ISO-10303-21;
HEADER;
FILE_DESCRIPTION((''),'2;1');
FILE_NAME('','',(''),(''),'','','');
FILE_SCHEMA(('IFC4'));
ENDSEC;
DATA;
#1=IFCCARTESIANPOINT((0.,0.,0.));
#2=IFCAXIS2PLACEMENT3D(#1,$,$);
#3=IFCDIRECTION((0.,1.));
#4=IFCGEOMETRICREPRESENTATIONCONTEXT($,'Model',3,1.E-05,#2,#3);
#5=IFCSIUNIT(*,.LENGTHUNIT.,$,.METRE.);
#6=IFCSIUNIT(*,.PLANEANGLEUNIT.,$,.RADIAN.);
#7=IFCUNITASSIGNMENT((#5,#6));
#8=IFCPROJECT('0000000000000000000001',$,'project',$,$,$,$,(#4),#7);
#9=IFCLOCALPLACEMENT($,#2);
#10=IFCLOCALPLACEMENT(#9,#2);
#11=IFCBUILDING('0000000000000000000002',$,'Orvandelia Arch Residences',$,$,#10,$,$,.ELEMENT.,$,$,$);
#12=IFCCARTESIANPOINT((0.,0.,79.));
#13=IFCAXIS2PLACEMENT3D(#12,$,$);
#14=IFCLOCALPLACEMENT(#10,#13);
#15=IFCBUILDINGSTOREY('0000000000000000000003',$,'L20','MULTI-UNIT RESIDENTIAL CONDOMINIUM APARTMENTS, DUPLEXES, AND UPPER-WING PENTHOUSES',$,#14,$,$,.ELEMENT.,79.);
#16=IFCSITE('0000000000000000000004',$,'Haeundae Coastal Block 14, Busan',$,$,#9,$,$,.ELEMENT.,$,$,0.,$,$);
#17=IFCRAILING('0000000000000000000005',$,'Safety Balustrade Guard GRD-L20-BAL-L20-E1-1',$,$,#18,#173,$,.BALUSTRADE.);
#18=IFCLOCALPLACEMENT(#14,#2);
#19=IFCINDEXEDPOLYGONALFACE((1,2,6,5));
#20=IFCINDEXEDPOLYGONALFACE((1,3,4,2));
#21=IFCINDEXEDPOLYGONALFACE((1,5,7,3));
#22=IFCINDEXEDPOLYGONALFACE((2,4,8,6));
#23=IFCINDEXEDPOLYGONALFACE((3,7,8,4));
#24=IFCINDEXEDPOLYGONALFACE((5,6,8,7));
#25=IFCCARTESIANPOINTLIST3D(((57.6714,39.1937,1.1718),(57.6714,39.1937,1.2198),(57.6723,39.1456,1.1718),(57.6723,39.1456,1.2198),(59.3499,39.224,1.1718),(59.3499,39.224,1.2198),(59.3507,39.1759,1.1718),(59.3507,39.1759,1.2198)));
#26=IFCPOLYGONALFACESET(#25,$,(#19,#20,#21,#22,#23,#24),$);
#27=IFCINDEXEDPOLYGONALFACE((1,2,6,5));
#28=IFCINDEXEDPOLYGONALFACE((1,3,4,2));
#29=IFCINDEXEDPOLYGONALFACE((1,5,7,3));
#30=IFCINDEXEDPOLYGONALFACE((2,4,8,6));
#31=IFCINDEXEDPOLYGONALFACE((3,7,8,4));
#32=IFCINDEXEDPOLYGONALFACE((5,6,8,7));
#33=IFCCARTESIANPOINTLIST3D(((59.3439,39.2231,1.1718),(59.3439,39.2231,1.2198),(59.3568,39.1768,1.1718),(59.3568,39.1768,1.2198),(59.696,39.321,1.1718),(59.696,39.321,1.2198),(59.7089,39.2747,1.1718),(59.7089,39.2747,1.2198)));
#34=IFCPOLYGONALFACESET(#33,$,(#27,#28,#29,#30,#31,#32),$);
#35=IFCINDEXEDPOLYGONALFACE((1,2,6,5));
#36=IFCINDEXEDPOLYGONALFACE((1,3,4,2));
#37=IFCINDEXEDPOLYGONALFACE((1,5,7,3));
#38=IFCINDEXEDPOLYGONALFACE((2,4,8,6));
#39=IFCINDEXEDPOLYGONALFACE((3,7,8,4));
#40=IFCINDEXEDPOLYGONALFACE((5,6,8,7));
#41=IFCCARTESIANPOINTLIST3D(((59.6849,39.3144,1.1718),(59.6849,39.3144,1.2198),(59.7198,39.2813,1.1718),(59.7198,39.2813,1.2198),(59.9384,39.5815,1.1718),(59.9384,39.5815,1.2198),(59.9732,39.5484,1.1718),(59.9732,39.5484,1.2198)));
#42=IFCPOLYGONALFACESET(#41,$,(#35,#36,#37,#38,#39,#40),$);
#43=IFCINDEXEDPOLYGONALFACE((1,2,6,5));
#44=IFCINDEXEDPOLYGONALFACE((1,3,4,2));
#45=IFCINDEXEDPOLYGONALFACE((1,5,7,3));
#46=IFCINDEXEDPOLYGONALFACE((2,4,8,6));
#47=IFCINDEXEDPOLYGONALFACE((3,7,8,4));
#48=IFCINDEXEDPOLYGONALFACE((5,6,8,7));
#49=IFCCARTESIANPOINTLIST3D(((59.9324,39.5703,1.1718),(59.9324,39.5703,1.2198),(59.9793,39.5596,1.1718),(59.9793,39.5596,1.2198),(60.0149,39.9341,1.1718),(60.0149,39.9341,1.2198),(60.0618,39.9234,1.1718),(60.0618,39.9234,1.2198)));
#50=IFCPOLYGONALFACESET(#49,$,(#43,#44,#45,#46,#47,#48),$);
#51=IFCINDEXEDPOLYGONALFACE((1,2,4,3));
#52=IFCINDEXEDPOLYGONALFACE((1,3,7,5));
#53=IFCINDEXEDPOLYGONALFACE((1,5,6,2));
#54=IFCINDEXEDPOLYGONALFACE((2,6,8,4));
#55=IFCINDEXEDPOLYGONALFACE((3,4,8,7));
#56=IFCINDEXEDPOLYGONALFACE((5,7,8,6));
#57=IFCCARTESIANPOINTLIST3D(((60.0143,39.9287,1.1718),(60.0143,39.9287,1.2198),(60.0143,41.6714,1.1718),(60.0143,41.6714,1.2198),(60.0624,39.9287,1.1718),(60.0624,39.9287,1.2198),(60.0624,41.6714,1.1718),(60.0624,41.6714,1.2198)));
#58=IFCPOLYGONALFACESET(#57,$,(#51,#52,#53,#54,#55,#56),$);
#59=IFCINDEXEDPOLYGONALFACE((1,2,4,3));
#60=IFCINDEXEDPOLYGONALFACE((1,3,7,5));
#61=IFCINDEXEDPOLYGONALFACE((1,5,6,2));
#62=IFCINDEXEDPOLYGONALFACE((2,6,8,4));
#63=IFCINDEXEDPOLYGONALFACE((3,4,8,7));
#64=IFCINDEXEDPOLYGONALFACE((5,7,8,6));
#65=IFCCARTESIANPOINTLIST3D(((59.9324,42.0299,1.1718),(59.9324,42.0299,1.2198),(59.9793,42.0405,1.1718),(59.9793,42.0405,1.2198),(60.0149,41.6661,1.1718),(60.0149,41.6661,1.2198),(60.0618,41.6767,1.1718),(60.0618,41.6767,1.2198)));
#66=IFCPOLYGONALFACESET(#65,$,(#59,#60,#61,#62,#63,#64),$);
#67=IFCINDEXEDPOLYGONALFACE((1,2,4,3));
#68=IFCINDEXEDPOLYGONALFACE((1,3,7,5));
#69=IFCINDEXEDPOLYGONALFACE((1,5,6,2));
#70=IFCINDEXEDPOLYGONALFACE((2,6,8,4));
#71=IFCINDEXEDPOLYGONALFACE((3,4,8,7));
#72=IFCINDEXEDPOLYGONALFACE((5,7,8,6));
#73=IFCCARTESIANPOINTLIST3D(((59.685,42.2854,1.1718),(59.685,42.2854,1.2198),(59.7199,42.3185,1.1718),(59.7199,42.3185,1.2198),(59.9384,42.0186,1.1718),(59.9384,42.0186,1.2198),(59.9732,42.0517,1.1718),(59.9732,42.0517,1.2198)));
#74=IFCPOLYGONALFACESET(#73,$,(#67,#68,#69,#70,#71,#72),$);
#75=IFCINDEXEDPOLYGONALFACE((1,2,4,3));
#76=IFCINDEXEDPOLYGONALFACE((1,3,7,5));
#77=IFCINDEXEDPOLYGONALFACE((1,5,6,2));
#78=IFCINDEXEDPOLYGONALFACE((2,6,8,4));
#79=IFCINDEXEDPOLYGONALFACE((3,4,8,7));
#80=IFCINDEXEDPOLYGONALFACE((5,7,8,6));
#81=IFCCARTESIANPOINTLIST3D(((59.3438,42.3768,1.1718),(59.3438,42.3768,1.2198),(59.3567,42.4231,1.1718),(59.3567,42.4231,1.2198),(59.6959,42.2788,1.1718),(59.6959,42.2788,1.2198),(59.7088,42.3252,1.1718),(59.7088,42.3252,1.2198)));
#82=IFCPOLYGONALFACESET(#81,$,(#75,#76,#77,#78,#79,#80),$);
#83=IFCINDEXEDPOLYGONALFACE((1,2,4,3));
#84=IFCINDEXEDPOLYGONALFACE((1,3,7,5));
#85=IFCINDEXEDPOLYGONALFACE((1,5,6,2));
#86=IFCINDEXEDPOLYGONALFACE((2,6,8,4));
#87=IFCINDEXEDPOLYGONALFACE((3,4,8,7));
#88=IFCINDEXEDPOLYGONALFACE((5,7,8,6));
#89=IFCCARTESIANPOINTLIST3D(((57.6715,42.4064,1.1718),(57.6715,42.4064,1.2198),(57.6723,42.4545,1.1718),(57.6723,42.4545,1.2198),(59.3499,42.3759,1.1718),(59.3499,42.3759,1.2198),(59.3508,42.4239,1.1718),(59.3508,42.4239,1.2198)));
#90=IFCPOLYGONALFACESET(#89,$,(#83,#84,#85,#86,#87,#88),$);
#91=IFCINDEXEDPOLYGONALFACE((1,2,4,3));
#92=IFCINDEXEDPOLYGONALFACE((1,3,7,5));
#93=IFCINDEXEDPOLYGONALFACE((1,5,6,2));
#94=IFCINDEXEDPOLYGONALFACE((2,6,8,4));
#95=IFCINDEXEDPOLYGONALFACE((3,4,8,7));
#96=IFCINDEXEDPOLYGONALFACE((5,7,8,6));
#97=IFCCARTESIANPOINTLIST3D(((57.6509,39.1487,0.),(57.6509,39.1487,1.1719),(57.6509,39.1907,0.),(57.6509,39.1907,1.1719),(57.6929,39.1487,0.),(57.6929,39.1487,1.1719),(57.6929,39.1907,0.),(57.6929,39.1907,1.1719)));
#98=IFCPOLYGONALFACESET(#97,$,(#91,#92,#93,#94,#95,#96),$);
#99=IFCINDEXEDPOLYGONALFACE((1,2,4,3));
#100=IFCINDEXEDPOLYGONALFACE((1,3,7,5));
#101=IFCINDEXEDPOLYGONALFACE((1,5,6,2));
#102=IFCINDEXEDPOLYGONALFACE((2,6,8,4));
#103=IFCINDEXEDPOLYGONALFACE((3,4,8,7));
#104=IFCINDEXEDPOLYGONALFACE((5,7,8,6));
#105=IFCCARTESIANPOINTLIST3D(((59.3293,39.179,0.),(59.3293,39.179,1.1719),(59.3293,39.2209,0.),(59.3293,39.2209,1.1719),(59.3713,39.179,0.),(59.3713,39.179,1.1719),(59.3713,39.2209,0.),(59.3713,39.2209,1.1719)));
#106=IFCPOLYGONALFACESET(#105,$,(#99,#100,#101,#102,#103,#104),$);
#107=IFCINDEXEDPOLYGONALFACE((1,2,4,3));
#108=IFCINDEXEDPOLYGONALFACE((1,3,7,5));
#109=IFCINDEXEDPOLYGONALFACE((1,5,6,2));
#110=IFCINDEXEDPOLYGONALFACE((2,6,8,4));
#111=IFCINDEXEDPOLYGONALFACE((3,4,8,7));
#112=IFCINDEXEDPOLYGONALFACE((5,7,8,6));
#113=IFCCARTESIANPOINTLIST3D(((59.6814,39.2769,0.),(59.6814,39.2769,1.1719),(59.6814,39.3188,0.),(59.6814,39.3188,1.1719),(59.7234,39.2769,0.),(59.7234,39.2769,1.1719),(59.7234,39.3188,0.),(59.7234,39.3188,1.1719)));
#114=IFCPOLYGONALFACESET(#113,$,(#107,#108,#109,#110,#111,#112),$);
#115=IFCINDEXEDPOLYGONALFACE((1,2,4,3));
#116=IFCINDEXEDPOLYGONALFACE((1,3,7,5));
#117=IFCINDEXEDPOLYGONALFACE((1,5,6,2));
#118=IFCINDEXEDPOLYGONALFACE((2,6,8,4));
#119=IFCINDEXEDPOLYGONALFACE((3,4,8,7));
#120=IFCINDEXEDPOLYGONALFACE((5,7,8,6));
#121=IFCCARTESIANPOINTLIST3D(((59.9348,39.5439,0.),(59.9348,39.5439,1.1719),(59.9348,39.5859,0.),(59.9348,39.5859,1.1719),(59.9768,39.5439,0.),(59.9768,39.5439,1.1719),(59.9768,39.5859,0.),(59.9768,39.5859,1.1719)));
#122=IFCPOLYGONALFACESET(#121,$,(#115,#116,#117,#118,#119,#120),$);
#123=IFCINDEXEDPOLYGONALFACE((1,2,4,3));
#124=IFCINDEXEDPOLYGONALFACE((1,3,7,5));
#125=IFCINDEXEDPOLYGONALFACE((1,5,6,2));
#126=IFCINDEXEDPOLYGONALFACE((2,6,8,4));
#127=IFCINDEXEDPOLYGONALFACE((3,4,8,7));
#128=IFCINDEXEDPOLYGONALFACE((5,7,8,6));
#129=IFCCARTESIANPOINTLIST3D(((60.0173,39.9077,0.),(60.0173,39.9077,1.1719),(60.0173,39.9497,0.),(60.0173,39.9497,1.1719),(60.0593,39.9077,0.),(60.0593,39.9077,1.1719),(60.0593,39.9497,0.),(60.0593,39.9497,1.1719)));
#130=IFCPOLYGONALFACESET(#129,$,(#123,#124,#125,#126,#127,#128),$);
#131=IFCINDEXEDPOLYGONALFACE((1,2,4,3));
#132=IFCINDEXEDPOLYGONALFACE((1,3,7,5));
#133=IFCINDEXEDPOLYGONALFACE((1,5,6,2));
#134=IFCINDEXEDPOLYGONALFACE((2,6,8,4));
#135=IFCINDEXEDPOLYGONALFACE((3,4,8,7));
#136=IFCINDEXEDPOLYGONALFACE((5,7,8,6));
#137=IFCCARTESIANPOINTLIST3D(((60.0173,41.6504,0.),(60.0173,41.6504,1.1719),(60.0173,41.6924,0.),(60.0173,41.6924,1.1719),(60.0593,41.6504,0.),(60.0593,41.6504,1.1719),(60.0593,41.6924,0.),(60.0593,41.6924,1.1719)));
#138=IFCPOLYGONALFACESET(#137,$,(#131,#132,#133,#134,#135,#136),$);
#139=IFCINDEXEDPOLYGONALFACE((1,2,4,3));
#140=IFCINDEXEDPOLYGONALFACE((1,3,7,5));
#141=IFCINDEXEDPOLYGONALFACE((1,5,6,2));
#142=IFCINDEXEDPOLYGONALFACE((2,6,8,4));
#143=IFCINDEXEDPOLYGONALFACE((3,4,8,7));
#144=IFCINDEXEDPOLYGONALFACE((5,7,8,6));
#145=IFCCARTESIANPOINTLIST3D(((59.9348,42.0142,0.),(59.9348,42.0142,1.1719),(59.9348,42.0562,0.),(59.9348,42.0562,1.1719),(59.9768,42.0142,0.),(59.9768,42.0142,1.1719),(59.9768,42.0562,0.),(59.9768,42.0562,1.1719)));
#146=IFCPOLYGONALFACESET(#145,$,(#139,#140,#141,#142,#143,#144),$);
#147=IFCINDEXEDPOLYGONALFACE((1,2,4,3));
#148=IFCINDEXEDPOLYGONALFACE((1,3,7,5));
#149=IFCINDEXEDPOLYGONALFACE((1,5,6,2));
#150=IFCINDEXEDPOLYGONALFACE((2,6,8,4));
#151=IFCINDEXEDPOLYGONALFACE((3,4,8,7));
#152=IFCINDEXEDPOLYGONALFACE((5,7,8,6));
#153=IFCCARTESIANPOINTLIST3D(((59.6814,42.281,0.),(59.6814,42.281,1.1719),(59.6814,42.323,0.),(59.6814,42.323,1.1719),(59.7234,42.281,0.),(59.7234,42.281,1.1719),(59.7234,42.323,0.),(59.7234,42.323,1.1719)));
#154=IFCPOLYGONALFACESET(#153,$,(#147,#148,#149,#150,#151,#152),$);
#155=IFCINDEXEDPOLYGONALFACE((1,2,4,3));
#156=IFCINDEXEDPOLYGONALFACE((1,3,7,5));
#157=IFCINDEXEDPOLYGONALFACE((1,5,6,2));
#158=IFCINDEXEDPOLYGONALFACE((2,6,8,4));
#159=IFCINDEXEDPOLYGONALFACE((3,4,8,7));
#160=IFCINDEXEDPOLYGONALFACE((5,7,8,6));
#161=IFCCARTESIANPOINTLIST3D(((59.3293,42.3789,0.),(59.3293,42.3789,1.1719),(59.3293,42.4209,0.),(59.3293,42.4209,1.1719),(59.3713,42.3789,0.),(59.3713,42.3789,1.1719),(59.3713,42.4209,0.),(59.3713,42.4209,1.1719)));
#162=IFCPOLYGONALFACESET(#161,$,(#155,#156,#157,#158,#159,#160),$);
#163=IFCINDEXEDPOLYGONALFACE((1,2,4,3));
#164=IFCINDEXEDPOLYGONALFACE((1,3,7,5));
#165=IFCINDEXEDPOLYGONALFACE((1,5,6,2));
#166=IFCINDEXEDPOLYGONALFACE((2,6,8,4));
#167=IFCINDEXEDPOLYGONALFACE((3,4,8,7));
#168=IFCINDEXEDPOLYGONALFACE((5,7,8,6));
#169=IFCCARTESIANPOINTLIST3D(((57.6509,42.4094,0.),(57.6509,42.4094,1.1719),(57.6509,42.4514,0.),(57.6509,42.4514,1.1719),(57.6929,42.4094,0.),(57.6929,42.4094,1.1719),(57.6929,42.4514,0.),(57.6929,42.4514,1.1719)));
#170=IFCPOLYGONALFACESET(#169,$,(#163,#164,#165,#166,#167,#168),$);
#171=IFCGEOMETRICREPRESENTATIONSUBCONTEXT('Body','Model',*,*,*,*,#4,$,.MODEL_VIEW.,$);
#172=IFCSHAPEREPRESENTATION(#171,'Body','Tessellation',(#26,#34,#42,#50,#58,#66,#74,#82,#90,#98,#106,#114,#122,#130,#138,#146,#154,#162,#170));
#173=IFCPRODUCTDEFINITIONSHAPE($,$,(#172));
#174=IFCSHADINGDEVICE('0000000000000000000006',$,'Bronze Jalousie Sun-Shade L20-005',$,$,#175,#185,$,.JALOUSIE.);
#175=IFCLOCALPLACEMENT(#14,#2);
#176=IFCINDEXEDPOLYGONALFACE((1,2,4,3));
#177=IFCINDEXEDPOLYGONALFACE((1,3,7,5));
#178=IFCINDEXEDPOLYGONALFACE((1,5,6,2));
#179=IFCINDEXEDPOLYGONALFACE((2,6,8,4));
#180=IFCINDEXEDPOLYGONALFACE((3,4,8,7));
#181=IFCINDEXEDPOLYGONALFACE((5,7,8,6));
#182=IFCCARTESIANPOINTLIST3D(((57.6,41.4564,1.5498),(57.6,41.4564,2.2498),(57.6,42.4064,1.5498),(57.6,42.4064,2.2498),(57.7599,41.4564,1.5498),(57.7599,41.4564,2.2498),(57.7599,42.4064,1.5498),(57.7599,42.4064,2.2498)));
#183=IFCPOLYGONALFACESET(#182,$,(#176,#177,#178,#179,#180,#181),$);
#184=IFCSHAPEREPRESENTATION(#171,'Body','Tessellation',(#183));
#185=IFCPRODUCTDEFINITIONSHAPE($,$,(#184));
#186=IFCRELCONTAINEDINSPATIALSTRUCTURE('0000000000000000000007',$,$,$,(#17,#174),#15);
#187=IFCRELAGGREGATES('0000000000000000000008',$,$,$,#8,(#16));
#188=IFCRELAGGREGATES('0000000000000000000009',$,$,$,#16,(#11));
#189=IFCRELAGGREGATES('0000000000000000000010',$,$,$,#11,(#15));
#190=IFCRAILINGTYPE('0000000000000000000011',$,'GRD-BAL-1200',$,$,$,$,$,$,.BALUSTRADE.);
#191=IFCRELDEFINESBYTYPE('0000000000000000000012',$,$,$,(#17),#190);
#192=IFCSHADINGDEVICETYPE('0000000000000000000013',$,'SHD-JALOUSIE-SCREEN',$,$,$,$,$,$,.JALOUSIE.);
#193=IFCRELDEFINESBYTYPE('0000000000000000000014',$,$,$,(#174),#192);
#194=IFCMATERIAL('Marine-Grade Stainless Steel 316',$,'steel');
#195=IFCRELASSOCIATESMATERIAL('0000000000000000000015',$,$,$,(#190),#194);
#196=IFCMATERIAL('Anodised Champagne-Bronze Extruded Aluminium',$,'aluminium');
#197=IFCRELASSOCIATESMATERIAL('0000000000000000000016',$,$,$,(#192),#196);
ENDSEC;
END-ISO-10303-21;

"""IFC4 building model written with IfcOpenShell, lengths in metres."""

from ifc_helpers import new_model, si_unit, direction, frame, origin, origin_2d, place, context, subcontext, project, spatial, rectangle, extrude, material, type_object, element, save


model = new_model("IFC4")

# Units and contexts
model_context = context("Model", 3, precision=1e-05, world=origin(), true_north=direction((0.0, 1.0)))
body_context = subcontext(model_context, "Body", "Model", "MODEL_VIEW")
ifc_project = project(units=[si_unit("LENGTHUNIT", "METRE"), si_unit("PLANEANGLEUNIT", "RADIAN")], contexts=[model_context])

# Site, building, storey
site_placement = place(None, origin())
site = spatial("IfcSite", under=ifc_project, at=site_placement, Name="Haeundae Coastal Block 14, Busan", CompositionType="ELEMENT", RefElevation=0.0)
building_placement = place(site_placement, origin())
building = spatial("IfcBuilding", under=site, at=building_placement, Name="Orvandelia Arch Residences", CompositionType="ELEMENT")
storey_placement = place(building_placement, frame((0.0, 0.0, 79.0)))
storey = spatial("IfcBuildingStorey", under=building, at=storey_placement, Name="L20", Description="MULTI-UNIT RESIDENTIAL CONDOMINIUM APARTMENTS, DUPLEXES, AND UPPER-WING PENTHOUSES", CompositionType="ELEMENT", Elevation=79.0)

# Railing
ifc_material_1 = material(Name="Marine-Grade Stainless Steel 316", Category="steel")
railing_type = type_object("IfcRailingType", Name="GRD-BAL-1200", PredefinedType="BALUSTRADE", material=ifc_material_1)
railing_placement = place(storey_placement, frame((57.6719, 39.1697, 0.0)))
element("IfcRailing", 1, at=railing_placement, inside=storey, type_object=railing_type, Name="Safety Balustrade Guard GRD-L20-BAL-L20-E1-1", PredefinedType="BALUSTRADE", context=body_context, shape_type="SweptSolid", body=[
    extrude(rectangle(XDim=0.0481, YDim=0.0481, at=origin_2d()), frame((0.0, 0.0, 1.1958), z_axis=(0.999837, 0.018033, 0.0), x_axis=(-0.018033, 0.999837, 0.0)), (0.0, 0.0, 1.0), 1.6787),
    extrude(rectangle(XDim=0.0481, YDim=0.0481, at=origin_2d()), frame((1.6785, 0.0303, 1.1958), z_axis=(0.963441, 0.26792, 0.0), x_axis=(-0.26792, 0.963441, 0.0)), (0.0, 0.0, 1.0), 0.3655),
    extrude(rectangle(XDim=0.0481, YDim=0.0481, at=origin_2d()), frame((2.0305, 0.1282, 1.1958), z_axis=(0.688296, 0.72543, 0.0), x_axis=(-0.72543, 0.688296, 0.0)), (0.0, 0.0, 1.0), 0.3682),
    extrude(rectangle(XDim=0.0481, YDim=0.0481, at=origin_2d()), frame((2.2839, 0.3953, 1.1958), z_axis=(0.221225, 0.975223, 0.0), x_axis=(-0.975223, 0.221225, 0.0)), (0.0, 0.0, 1.0), 0.373),
    extrude(rectangle(XDim=0.0481, YDim=0.0481, at=origin_2d()), frame((2.3665, 0.759, 1.1958), z_axis=(0.0, 1.0, 0.0), x_axis=(-1.0, 0.0, 0.0)), (0.0, 0.0, 1.0), 1.7427),
    extrude(rectangle(XDim=0.0481, YDim=0.0481, at=origin_2d()), frame((2.3665, 2.5017, 1.1958), z_axis=(-0.221225, 0.975223, 0.0), x_axis=(-0.975223, -0.221225, 0.0)), (0.0, 0.0, 1.0), 0.373),
    extrude(rectangle(XDim=0.0481, YDim=0.0481, at=origin_2d()), frame((2.2839, 2.8655, 1.1958), z_axis=(-0.688627, 0.725115, 0.0), x_axis=(-0.725115, -0.688627, 0.0)), (0.0, 0.0, 1.0), 0.3679),
    extrude(rectangle(XDim=0.0481, YDim=0.0481, at=origin_2d()), frame((2.0305, 3.1323, 1.1958), z_axis=(-0.963441, 0.26792, 0.0), x_axis=(-0.26792, -0.963441, 0.0)), (0.0, 0.0, 1.0), 0.3655),
    extrude(rectangle(XDim=0.0481, YDim=0.0481, at=origin_2d()), frame((1.6785, 3.2302, 1.1958), z_axis=(-0.999835, 0.018179, 0.0), x_axis=(-0.018179, -0.999835, 0.0)), (0.0, 0.0, 1.0), 1.6787),
    extrude(rectangle(XDim=0.042, YDim=0.042, at=origin_2d()), origin(), (0.0, 0.0, 1.0), 1.1719),
    extrude(rectangle(XDim=0.042, YDim=0.042, at=origin_2d()), frame((1.6785, 0.0303, 0.0)), (0.0, 0.0, 1.0), 1.1719),
    extrude(rectangle(XDim=0.042, YDim=0.042, at=origin_2d()), frame((2.0305, 0.1282, 0.0)), (0.0, 0.0, 1.0), 1.1719),
    extrude(rectangle(XDim=0.042, YDim=0.042, at=origin_2d()), frame((2.2839, 0.3953, 0.0)), (0.0, 0.0, 1.0), 1.1719),
    extrude(rectangle(XDim=0.042, YDim=0.042, at=origin_2d()), frame((2.3665, 0.759, 0.0)), (0.0, 0.0, 1.0), 1.1719),
    extrude(rectangle(XDim=0.042, YDim=0.042, at=origin_2d()), frame((2.3665, 2.5017, 0.0)), (0.0, 0.0, 1.0), 1.1719),
    extrude(rectangle(XDim=0.042, YDim=0.042, at=origin_2d()), frame((2.2839, 2.8655, 0.0)), (0.0, 0.0, 1.0), 1.1719),
    extrude(rectangle(XDim=0.042, YDim=0.042, at=origin_2d()), frame((2.0305, 3.1323, 0.0)), (0.0, 0.0, 1.0), 1.1719),
    extrude(rectangle(XDim=0.042, YDim=0.042, at=origin_2d()), frame((1.6785, 3.2302, 0.0)), (0.0, 0.0, 1.0), 1.1719),
    extrude(rectangle(XDim=0.042, YDim=0.042, at=origin_2d()), frame((0.0, 3.2607, 0.0)), (0.0, 0.0, 1.0), 1.1719),
])

# Shading device
ifc_material_2 = material(Name="Anodised Champagne-Bronze Extruded Aluminium", Category="aluminium")
shading_device_type = type_object("IfcShadingDeviceType", Name="SHD-JALOUSIE-SCREEN", PredefinedType="JALOUSIE", material=ifc_material_2)
shading_device_placement = place(storey_placement, frame((57.6799, 41.9314, 1.5498), z_axis=(0.0, 0.0, 1.0), x_axis=(0.0, -1.0, 0.0)))
element("IfcShadingDevice", 2, at=shading_device_placement, inside=storey, type_object=shading_device_type, Name="Bronze Jalousie Sun-Shade L20-005", PredefinedType="JALOUSIE", context=body_context, shape_type="SweptSolid", body=[
    extrude(rectangle(XDim=0.95, YDim=0.1599, at=origin_2d()), origin(), (0.0, 0.0, 1.0), 0.7),
])

save(model, "model.ifc")
